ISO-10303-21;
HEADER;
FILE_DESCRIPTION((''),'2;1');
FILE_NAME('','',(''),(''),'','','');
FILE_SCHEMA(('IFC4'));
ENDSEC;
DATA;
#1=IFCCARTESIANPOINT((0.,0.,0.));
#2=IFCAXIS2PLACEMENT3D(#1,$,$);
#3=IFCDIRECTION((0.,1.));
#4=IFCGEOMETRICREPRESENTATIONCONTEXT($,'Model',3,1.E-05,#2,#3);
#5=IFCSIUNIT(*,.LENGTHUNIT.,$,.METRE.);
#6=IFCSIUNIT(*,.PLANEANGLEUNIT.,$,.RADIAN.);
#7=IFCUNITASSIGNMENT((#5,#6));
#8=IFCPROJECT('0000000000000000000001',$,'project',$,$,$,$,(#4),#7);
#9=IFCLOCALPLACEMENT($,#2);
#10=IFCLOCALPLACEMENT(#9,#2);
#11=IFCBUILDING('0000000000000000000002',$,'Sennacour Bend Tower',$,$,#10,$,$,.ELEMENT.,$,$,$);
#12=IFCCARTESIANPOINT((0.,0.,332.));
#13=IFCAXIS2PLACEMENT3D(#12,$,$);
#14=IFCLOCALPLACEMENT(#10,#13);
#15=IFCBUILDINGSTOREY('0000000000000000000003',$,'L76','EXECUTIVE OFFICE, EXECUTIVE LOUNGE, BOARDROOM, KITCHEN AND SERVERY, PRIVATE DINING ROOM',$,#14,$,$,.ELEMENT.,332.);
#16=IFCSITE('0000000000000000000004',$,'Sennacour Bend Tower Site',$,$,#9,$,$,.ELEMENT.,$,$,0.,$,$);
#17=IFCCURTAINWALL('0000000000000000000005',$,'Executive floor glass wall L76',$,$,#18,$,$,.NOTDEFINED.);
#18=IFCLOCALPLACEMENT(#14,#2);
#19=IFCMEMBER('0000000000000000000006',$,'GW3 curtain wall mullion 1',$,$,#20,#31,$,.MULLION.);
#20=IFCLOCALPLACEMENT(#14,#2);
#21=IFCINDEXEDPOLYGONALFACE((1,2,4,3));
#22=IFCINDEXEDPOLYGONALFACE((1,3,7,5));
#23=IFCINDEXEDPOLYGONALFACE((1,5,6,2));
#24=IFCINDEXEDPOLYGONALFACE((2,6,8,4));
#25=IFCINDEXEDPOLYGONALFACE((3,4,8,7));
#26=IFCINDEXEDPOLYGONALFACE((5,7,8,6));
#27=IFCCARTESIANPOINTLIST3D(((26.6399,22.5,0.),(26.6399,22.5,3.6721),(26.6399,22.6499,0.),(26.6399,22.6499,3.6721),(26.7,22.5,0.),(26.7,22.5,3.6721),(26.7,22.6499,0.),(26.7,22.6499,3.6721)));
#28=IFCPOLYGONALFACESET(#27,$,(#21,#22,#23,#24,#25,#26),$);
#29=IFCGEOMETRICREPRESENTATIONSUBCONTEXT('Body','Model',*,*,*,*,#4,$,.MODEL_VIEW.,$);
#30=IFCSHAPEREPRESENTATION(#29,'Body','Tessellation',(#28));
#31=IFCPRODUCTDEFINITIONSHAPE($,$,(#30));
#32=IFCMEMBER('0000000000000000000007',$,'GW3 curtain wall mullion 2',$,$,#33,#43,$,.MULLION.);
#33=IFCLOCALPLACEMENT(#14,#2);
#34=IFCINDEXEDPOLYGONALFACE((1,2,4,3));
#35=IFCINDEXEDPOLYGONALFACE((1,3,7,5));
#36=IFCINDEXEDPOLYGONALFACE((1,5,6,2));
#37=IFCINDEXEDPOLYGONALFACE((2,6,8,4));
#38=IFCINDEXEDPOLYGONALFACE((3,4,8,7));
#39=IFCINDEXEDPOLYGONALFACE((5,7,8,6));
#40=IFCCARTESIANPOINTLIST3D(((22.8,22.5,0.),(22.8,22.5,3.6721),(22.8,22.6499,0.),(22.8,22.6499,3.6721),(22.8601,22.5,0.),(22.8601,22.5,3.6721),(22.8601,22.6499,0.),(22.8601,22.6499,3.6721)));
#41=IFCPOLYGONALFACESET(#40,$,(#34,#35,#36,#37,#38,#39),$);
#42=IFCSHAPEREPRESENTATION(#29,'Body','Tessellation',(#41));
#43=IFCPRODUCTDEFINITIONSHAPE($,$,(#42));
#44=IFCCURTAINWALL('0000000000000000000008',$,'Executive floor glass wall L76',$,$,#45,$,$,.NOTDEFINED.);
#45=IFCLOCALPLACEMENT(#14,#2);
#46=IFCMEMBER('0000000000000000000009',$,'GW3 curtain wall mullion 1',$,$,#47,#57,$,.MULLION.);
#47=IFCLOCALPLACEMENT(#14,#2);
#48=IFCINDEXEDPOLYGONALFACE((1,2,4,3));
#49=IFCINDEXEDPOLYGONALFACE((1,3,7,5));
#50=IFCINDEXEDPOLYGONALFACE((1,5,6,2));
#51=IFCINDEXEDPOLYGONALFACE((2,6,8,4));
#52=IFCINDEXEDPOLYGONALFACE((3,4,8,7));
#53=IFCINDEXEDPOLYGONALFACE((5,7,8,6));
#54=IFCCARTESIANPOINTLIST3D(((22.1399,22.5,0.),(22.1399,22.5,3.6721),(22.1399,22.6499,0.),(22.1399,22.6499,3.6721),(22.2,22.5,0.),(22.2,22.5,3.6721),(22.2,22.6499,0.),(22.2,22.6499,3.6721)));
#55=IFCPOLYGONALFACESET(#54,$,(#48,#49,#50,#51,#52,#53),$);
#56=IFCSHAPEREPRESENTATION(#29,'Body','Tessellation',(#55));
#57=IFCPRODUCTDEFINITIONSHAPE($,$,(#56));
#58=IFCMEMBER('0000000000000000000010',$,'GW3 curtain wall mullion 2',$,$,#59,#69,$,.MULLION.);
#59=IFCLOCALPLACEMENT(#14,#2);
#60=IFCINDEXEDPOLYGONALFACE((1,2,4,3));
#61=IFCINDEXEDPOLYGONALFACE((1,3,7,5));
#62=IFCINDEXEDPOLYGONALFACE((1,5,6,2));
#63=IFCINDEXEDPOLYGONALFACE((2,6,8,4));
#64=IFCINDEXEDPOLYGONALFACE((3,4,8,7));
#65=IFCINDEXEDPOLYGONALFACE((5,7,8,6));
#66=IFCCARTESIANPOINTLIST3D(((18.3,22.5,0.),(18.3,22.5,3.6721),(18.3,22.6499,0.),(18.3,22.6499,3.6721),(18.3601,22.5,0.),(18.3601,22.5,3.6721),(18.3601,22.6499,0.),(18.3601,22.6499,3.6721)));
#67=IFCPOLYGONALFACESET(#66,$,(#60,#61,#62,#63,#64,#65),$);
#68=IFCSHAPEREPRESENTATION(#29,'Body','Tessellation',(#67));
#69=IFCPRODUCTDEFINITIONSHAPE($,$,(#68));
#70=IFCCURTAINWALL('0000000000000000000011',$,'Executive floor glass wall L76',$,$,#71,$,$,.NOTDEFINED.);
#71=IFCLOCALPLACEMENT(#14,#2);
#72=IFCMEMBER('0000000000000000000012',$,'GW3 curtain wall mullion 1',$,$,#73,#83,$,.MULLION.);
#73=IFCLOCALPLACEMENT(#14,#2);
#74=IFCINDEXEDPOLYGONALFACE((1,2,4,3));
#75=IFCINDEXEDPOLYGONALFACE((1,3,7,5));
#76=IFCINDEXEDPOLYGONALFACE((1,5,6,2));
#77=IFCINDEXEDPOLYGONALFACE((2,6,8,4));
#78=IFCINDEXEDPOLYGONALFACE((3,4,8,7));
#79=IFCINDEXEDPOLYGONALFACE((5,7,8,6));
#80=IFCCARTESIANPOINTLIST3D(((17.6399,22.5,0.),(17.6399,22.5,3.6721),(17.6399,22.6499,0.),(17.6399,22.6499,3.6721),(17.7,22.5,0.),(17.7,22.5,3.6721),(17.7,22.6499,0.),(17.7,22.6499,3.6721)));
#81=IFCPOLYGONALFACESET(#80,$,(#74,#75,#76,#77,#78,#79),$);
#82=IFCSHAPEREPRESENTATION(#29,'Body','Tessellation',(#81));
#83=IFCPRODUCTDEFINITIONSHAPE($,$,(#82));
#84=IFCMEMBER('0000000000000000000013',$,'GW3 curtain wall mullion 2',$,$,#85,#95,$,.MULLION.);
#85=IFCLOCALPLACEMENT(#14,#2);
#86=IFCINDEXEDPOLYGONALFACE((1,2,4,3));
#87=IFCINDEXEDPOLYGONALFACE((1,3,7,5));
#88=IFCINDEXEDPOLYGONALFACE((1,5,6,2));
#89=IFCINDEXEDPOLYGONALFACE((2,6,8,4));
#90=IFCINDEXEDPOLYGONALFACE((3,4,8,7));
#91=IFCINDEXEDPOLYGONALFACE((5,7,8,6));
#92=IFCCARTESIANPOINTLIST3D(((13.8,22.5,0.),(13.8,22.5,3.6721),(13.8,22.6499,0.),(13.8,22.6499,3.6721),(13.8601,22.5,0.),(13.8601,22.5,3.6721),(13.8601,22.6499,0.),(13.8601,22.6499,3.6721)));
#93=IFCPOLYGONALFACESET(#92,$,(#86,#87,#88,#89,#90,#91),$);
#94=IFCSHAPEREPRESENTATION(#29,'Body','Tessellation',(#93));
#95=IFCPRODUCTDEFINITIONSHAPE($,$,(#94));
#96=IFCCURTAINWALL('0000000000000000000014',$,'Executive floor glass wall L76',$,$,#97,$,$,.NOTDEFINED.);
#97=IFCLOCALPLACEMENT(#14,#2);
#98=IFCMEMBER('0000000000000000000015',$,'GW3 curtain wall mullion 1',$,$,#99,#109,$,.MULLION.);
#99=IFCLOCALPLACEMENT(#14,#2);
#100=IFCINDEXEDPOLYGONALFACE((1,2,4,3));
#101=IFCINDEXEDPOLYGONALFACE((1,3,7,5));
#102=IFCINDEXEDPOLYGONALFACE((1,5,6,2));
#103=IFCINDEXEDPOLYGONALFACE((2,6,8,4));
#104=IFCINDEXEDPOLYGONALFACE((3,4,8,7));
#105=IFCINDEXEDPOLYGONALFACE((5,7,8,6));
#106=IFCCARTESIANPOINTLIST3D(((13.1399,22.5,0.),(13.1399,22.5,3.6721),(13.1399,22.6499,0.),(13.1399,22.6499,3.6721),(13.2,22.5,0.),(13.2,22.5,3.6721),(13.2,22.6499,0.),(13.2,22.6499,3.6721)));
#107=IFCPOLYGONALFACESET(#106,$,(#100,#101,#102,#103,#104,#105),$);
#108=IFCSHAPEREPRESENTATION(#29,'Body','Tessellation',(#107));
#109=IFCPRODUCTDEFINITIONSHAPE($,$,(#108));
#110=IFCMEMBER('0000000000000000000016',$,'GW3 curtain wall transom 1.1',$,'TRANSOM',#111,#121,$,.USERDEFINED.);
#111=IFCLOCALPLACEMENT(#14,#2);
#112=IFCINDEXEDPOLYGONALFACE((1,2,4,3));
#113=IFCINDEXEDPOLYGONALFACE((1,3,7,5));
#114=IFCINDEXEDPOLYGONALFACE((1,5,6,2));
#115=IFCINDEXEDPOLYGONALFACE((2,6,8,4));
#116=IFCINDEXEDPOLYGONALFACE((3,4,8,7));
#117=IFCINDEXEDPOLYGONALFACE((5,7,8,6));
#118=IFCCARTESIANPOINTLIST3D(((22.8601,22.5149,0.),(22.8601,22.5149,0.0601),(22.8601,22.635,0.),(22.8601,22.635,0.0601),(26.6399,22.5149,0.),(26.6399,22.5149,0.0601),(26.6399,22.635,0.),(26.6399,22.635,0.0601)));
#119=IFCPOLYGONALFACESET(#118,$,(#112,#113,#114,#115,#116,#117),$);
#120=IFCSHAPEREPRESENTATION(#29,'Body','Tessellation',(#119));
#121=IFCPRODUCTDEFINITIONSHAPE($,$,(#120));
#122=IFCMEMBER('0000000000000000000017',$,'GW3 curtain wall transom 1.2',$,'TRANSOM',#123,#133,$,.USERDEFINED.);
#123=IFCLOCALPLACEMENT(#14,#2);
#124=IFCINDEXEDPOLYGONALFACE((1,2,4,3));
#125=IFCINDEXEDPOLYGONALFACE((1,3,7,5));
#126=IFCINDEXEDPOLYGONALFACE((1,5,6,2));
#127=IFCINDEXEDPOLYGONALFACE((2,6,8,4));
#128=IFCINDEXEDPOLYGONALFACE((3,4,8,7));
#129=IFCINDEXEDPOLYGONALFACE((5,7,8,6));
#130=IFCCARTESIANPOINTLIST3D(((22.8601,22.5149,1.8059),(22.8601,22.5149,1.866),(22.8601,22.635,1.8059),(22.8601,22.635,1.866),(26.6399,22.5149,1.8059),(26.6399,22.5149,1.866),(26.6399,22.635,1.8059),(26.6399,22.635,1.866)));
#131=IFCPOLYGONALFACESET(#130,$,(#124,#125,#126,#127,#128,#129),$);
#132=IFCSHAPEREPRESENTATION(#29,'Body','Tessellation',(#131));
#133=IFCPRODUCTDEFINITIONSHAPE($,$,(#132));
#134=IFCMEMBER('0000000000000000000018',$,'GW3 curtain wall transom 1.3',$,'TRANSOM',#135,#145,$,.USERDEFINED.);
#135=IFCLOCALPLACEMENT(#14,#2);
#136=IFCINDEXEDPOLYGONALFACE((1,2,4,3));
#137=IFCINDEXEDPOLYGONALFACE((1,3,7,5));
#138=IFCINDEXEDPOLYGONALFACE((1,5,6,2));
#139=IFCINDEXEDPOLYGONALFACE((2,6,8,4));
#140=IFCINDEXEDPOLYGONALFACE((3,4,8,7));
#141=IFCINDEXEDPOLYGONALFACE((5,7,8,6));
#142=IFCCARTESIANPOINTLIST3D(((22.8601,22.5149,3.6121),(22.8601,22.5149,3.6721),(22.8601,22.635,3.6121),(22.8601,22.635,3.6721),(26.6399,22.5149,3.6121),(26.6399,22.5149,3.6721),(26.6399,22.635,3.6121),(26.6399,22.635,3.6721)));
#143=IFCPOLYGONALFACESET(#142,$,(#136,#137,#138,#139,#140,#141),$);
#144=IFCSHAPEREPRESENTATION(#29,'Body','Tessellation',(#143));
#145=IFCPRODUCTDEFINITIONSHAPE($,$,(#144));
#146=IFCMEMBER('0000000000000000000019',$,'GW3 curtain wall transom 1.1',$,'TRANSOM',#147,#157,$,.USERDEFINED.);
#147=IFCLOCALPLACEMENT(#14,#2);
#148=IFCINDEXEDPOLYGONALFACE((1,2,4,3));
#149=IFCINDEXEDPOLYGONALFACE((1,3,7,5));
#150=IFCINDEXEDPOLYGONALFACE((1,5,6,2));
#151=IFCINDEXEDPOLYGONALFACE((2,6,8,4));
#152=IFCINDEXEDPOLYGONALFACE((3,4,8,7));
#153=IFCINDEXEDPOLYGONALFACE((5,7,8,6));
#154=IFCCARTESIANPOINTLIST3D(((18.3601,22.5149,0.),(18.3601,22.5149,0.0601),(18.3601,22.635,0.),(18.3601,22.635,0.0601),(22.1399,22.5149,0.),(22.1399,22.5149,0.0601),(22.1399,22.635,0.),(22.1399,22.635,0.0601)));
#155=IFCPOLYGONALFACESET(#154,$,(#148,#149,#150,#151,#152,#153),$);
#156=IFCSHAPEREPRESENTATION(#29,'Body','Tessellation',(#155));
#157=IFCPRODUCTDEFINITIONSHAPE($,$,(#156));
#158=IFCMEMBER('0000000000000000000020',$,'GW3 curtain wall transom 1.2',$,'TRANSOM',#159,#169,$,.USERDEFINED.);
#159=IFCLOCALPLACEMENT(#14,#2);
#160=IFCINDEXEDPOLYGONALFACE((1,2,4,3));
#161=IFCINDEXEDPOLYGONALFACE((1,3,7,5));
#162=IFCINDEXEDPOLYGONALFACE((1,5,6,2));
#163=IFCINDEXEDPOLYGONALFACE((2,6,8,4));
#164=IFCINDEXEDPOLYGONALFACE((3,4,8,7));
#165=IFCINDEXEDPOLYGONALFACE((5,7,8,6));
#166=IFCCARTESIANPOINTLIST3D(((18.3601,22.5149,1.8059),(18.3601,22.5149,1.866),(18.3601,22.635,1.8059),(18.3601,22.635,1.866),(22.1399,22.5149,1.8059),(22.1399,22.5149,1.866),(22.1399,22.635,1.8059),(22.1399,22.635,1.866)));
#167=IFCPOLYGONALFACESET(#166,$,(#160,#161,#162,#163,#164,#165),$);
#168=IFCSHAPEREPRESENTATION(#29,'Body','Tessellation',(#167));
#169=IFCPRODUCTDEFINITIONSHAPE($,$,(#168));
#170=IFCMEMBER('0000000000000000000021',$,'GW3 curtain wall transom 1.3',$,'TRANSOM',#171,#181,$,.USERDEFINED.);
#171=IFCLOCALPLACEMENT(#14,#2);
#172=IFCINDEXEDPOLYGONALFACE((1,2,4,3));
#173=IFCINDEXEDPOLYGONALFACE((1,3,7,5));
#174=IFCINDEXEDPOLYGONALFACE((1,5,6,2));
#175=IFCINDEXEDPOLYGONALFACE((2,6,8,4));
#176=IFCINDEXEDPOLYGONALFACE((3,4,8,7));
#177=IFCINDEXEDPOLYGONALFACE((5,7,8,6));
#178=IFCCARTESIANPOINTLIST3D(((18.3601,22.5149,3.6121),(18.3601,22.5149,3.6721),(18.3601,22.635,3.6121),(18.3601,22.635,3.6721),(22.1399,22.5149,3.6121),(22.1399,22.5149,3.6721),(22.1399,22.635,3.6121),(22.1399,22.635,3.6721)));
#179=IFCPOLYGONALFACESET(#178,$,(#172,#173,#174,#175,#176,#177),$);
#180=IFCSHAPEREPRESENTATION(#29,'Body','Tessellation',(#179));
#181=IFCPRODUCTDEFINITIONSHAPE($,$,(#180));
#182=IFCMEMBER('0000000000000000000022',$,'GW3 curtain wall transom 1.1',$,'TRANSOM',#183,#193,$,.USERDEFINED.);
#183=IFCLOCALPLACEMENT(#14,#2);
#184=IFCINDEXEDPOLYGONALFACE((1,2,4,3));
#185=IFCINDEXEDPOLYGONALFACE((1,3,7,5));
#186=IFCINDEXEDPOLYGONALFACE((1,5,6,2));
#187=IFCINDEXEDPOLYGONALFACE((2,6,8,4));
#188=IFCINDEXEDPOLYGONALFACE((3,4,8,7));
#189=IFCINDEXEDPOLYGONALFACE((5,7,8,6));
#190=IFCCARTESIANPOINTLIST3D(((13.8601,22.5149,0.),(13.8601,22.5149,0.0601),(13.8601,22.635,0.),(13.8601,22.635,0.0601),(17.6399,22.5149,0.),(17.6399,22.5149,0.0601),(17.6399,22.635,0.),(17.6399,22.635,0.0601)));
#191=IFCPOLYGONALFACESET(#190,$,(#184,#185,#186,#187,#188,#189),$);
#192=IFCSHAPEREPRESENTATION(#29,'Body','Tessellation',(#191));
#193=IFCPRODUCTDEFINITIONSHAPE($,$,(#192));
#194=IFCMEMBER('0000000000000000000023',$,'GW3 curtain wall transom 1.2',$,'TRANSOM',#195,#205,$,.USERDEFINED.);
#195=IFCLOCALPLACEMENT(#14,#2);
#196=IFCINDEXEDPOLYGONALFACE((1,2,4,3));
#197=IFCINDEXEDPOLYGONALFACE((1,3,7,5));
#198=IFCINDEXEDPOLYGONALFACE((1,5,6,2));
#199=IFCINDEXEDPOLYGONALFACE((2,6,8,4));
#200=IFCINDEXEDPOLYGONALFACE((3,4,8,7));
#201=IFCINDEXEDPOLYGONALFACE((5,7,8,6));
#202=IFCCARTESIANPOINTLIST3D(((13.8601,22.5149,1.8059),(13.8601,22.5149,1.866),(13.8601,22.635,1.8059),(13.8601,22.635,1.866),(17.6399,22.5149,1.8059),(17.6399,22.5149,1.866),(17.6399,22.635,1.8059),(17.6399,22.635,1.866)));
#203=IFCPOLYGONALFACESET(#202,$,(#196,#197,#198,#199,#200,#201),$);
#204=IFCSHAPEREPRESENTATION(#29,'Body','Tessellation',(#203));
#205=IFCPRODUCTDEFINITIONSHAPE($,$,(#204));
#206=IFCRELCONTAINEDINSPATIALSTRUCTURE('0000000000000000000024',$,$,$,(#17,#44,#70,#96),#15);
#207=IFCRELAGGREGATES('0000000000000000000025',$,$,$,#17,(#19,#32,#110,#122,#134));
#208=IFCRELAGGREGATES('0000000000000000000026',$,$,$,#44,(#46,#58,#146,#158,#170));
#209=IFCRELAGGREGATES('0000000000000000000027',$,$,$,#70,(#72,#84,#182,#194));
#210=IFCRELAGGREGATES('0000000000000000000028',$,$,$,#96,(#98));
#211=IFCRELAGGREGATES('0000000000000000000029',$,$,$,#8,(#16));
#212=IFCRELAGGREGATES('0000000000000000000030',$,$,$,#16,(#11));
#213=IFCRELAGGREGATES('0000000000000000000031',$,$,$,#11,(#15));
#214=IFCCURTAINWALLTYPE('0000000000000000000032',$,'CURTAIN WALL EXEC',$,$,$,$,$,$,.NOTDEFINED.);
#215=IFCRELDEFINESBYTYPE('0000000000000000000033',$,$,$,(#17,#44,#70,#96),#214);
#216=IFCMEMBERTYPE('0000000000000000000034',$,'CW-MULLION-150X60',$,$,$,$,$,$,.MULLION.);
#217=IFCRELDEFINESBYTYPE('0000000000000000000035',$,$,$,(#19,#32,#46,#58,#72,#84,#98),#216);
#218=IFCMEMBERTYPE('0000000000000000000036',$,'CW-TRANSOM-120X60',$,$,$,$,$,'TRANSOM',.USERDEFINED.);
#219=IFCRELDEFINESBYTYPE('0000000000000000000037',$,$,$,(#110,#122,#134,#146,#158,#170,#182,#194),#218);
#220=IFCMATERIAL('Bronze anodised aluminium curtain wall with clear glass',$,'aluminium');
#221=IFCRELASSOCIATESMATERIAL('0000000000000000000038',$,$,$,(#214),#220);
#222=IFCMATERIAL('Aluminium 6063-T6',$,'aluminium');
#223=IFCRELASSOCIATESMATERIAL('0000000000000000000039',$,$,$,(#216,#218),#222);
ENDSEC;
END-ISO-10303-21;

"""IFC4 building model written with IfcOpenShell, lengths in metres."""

from ifc_helpers import new_model, si_unit, direction, frame, origin, origin_2d, place, context, subcontext, project, spatial, rectangle, extrude, material, material_profile, profile_set, type_object, element, aggregate, save


model = new_model("IFC4")

# Units and contexts
model_context = context("Model", 3, precision=1e-05, world=origin(), true_north=direction((0.0, 1.0)))
body_context = subcontext(model_context, "Body", "Model", "MODEL_VIEW")
ifc_project = project(units=[si_unit("LENGTHUNIT", "METRE"), si_unit("PLANEANGLEUNIT", "RADIAN")], contexts=[model_context])

# Site, building, storey
site_placement = place(None, origin())
site = spatial("IfcSite", under=ifc_project, at=site_placement, Name="Sennacour Bend Tower Site", CompositionType="ELEMENT", RefElevation=0.0)
building_placement = place(site_placement, origin())
building = spatial("IfcBuilding", under=site, at=building_placement, Name="Sennacour Bend Tower", CompositionType="ELEMENT")
storey_placement = place(building_placement, frame((0.0, 0.0, 332.0)))
storey = spatial("IfcBuildingStorey", under=building, at=storey_placement, Name="L76", Description="EXECUTIVE OFFICE, EXECUTIVE LOUNGE, BOARDROOM, KITCHEN AND SERVERY, PRIVATE DINING ROOM", CompositionType="ELEMENT", Elevation=332.0)

# Curtain walls, members
ifc_material_1 = material(Name="Bronze anodised aluminium curtain wall with clear glass", Category="aluminium")
curtain_wall_type = type_object("IfcCurtainWallType", Name="CURTAIN WALL EXEC", PredefinedType="NOTDEFINED", material=ifc_material_1)
curtain_wall_1_placement = place(storey_placement, origin())
curtain_wall_1 = element("IfcCurtainWall", 1, at=curtain_wall_1_placement, inside=storey, type_object=curtain_wall_type, Name="Executive floor glass wall L76", PredefinedType="NOTDEFINED")
ifc_material_2 = material(Name="Aluminium 6063-T6", Category="aluminium")
ifc_material_profile_1 = material_profile(ifc_material_2, rectangle(XDim=0.1499, YDim=0.0601, at=origin_2d()), Name="Aluminium 6063-T6", Category="aluminium")
ifc_profile_set_1 = profile_set([ifc_material_profile_1], Name="Aluminium 6063-T6")
member_type_1 = type_object("IfcMemberType", Name="CW-MULLION-150X60", PredefinedType="MULLION", material=ifc_profile_set_1)
member_1_placement = place(storey_placement, frame((26.6699, 22.575, 0.0), z_axis=(0.0, 0.0, 1.0), x_axis=(0.0, -1.0, 0.0)))
member_1 = element("IfcMember", 2, at=member_1_placement, type_object=member_type_1, Name="GW3 curtain wall mullion 1", PredefinedType="MULLION", context=body_context, shape_type="SweptSolid", body=[
    extrude(rectangle(XDim=0.1499, YDim=0.0601, at=origin_2d()), origin(), (0.0, 0.0, 1.0), 3.6721),
])
member_2_placement = place(storey_placement, frame((22.8301, 22.575, 0.0), z_axis=(0.0, 0.0, 1.0), x_axis=(0.0, -1.0, 0.0)))
member_2 = element("IfcMember", 3, at=member_2_placement, type_object=member_type_1, Name="GW3 curtain wall mullion 2", PredefinedType="MULLION", context=body_context, shape_type="SweptSolid", body=[
    extrude(rectangle(XDim=0.1499, YDim=0.0601, at=origin_2d()), origin(), (0.0, 0.0, 1.0), 3.6721),
])
curtain_wall_2_placement = place(storey_placement, origin())
curtain_wall_2 = element("IfcCurtainWall", 4, at=curtain_wall_2_placement, inside=storey, type_object=curtain_wall_type, Name="Executive floor glass wall L76", PredefinedType="NOTDEFINED")
member_3_placement = place(storey_placement, frame((22.1699, 22.575, 0.0), z_axis=(0.0, 0.0, 1.0), x_axis=(0.0, -1.0, 0.0)))
member_3 = element("IfcMember", 5, at=member_3_placement, type_object=member_type_1, Name="GW3 curtain wall mullion 1", PredefinedType="MULLION", context=body_context, shape_type="SweptSolid", body=[
    extrude(rectangle(XDim=0.1499, YDim=0.0601, at=origin_2d()), origin(), (0.0, 0.0, 1.0), 3.6721),
])
member_4_placement = place(storey_placement, frame((18.3301, 22.575, 0.0), z_axis=(0.0, 0.0, 1.0), x_axis=(0.0, -1.0, 0.0)))
member_4 = element("IfcMember", 6, at=member_4_placement, type_object=member_type_1, Name="GW3 curtain wall mullion 2", PredefinedType="MULLION", context=body_context, shape_type="SweptSolid", body=[
    extrude(rectangle(XDim=0.1499, YDim=0.0601, at=origin_2d()), origin(), (0.0, 0.0, 1.0), 3.6721),
])
curtain_wall_3_placement = place(storey_placement, origin())
curtain_wall_3 = element("IfcCurtainWall", 7, at=curtain_wall_3_placement, inside=storey, type_object=curtain_wall_type, Name="Executive floor glass wall L76", PredefinedType="NOTDEFINED")
member_5_placement = place(storey_placement, frame((17.6699, 22.575, 0.0), z_axis=(0.0, 0.0, 1.0), x_axis=(0.0, -1.0, 0.0)))
member_5 = element("IfcMember", 8, at=member_5_placement, type_object=member_type_1, Name="GW3 curtain wall mullion 1", PredefinedType="MULLION", context=body_context, shape_type="SweptSolid", body=[
    extrude(rectangle(XDim=0.1499, YDim=0.0601, at=origin_2d()), origin(), (0.0, 0.0, 1.0), 3.6721),
])
member_6_placement = place(storey_placement, frame((13.8301, 22.575, 0.0), z_axis=(0.0, 0.0, 1.0), x_axis=(0.0, -1.0, 0.0)))
member_6 = element("IfcMember", 9, at=member_6_placement, type_object=member_type_1, Name="GW3 curtain wall mullion 2", PredefinedType="MULLION", context=body_context, shape_type="SweptSolid", body=[
    extrude(rectangle(XDim=0.1499, YDim=0.0601, at=origin_2d()), origin(), (0.0, 0.0, 1.0), 3.6721),
])

# Curtain wall, member
curtain_wall_4_placement = place(storey_placement, origin())
curtain_wall_4 = element("IfcCurtainWall", 10, at=curtain_wall_4_placement, inside=storey, type_object=curtain_wall_type, Name="Executive floor glass wall L76", PredefinedType="NOTDEFINED")
member_7_placement = place(storey_placement, frame((13.1699, 22.575, 0.0), z_axis=(0.0, 0.0, 1.0), x_axis=(0.0, -1.0, 0.0)))
member_7 = element("IfcMember", 11, at=member_7_placement, type_object=member_type_1, Name="GW3 curtain wall mullion 1", PredefinedType="MULLION", context=body_context, shape_type="SweptSolid", body=[
    extrude(rectangle(XDim=0.1499, YDim=0.0601, at=origin_2d()), origin(), (0.0, 0.0, 1.0), 3.6721),
])

# Members
ifc_material_profile_2 = material_profile(ifc_material_2, rectangle(XDim=0.1201, YDim=0.0601, at=origin_2d()), Name="Aluminium 6063-T6", Category="aluminium")
ifc_profile_set_2 = profile_set([ifc_material_profile_2], Name="Aluminium 6063-T6")
member_type_2 = type_object("IfcMemberType", Name="CW-TRANSOM-120X60", ElementType="TRANSOM", PredefinedType="USERDEFINED", material=ifc_profile_set_2)
member_8_placement = place(storey_placement, frame((26.6399, 22.575, 0.03), z_axis=(-1.0, 0.0, 0.0), x_axis=(0.0, -1.0, 0.0)))
member_8 = element("IfcMember", 12, at=member_8_placement, type_object=member_type_2, Name="GW3 curtain wall transom 1.1", ObjectType="TRANSOM", PredefinedType="USERDEFINED", context=body_context, shape_type="SweptSolid", body=[
    extrude(rectangle(XDim=0.1201, YDim=0.0601, at=origin_2d()), origin(), (0.0, 0.0, 1.0), 3.7798),
])
member_9_placement = place(storey_placement, frame((26.6399, 22.575, 1.8359), z_axis=(-1.0, 0.0, 0.0), x_axis=(0.0, -1.0, 0.0)))
member_9 = element("IfcMember", 13, at=member_9_placement, type_object=member_type_2, Name="GW3 curtain wall transom 1.2", ObjectType="TRANSOM", PredefinedType="USERDEFINED", context=body_context, shape_type="SweptSolid", body=[
    extrude(rectangle(XDim=0.1201, YDim=0.0601, at=origin_2d()), origin(), (0.0, 0.0, 1.0), 3.7798),
])
member_10_placement = place(storey_placement, frame((26.6399, 22.575, 3.6421), z_axis=(-1.0, 0.0, 0.0), x_axis=(0.0, -1.0, 0.0)))
member_10 = element("IfcMember", 14, at=member_10_placement, type_object=member_type_2, Name="GW3 curtain wall transom 1.3", ObjectType="TRANSOM", PredefinedType="USERDEFINED", context=body_context, shape_type="SweptSolid", body=[
    extrude(rectangle(XDim=0.1201, YDim=0.0601, at=origin_2d()), origin(), (0.0, 0.0, 1.0), 3.7798),
])
member_11_placement = place(storey_placement, frame((22.1399, 22.575, 0.03), z_axis=(-1.0, 0.0, 0.0), x_axis=(0.0, -1.0, 0.0)))
member_11 = element("IfcMember", 15, at=member_11_placement, type_object=member_type_2, Name="GW3 curtain wall transom 1.1", ObjectType="TRANSOM", PredefinedType="USERDEFINED", context=body_context, shape_type="SweptSolid", body=[
    extrude(rectangle(XDim=0.1201, YDim=0.0601, at=origin_2d()), origin(), (0.0, 0.0, 1.0), 3.7798),
])
member_12_placement = place(storey_placement, frame((22.1399, 22.575, 1.8359), z_axis=(-1.0, 0.0, 0.0), x_axis=(0.0, -1.0, 0.0)))
member_12 = element("IfcMember", 16, at=member_12_placement, type_object=member_type_2, Name="GW3 curtain wall transom 1.2", ObjectType="TRANSOM", PredefinedType="USERDEFINED", context=body_context, shape_type="SweptSolid", body=[
    extrude(rectangle(XDim=0.1201, YDim=0.0601, at=origin_2d()), origin(), (0.0, 0.0, 1.0), 3.7798),
])
member_13_placement = place(storey_placement, frame((22.1399, 22.575, 3.6421), z_axis=(-1.0, 0.0, 0.0), x_axis=(0.0, -1.0, 0.0)))
member_13 = element("IfcMember", 17, at=member_13_placement, type_object=member_type_2, Name="GW3 curtain wall transom 1.3", ObjectType="TRANSOM", PredefinedType="USERDEFINED", context=body_context, shape_type="SweptSolid", body=[
    extrude(rectangle(XDim=0.1201, YDim=0.0601, at=origin_2d()), origin(), (0.0, 0.0, 1.0), 3.7798),
])
member_14_placement = place(storey_placement, frame((17.6399, 22.575, 0.03), z_axis=(-1.0, 0.0, 0.0), x_axis=(0.0, -1.0, 0.0)))
member_14 = element("IfcMember", 18, at=member_14_placement, type_object=member_type_2, Name="GW3 curtain wall transom 1.1", ObjectType="TRANSOM", PredefinedType="USERDEFINED", context=body_context, shape_type="SweptSolid", body=[
    extrude(rectangle(XDim=0.1201, YDim=0.0601, at=origin_2d()), origin(), (0.0, 0.0, 1.0), 3.7798),
])
member_15_placement = place(storey_placement, frame((17.6399, 22.575, 1.8359), z_axis=(-1.0, 0.0, 0.0), x_axis=(0.0, -1.0, 0.0)))
member_15 = element("IfcMember", 19, at=member_15_placement, type_object=member_type_2, Name="GW3 curtain wall transom 1.2", ObjectType="TRANSOM", PredefinedType="USERDEFINED", context=body_context, shape_type="SweptSolid", body=[
    extrude(rectangle(XDim=0.1201, YDim=0.0601, at=origin_2d()), origin(), (0.0, 0.0, 1.0), 3.7798),
])

aggregate(curtain_wall_1, [member_1, member_2, member_8, member_9, member_10])
aggregate(curtain_wall_2, [member_3, member_4, member_11, member_12, member_13])
aggregate(curtain_wall_3, [member_5, member_6, member_14, member_15])
aggregate(curtain_wall_4, [member_7])

save(model, "model.ifc")
